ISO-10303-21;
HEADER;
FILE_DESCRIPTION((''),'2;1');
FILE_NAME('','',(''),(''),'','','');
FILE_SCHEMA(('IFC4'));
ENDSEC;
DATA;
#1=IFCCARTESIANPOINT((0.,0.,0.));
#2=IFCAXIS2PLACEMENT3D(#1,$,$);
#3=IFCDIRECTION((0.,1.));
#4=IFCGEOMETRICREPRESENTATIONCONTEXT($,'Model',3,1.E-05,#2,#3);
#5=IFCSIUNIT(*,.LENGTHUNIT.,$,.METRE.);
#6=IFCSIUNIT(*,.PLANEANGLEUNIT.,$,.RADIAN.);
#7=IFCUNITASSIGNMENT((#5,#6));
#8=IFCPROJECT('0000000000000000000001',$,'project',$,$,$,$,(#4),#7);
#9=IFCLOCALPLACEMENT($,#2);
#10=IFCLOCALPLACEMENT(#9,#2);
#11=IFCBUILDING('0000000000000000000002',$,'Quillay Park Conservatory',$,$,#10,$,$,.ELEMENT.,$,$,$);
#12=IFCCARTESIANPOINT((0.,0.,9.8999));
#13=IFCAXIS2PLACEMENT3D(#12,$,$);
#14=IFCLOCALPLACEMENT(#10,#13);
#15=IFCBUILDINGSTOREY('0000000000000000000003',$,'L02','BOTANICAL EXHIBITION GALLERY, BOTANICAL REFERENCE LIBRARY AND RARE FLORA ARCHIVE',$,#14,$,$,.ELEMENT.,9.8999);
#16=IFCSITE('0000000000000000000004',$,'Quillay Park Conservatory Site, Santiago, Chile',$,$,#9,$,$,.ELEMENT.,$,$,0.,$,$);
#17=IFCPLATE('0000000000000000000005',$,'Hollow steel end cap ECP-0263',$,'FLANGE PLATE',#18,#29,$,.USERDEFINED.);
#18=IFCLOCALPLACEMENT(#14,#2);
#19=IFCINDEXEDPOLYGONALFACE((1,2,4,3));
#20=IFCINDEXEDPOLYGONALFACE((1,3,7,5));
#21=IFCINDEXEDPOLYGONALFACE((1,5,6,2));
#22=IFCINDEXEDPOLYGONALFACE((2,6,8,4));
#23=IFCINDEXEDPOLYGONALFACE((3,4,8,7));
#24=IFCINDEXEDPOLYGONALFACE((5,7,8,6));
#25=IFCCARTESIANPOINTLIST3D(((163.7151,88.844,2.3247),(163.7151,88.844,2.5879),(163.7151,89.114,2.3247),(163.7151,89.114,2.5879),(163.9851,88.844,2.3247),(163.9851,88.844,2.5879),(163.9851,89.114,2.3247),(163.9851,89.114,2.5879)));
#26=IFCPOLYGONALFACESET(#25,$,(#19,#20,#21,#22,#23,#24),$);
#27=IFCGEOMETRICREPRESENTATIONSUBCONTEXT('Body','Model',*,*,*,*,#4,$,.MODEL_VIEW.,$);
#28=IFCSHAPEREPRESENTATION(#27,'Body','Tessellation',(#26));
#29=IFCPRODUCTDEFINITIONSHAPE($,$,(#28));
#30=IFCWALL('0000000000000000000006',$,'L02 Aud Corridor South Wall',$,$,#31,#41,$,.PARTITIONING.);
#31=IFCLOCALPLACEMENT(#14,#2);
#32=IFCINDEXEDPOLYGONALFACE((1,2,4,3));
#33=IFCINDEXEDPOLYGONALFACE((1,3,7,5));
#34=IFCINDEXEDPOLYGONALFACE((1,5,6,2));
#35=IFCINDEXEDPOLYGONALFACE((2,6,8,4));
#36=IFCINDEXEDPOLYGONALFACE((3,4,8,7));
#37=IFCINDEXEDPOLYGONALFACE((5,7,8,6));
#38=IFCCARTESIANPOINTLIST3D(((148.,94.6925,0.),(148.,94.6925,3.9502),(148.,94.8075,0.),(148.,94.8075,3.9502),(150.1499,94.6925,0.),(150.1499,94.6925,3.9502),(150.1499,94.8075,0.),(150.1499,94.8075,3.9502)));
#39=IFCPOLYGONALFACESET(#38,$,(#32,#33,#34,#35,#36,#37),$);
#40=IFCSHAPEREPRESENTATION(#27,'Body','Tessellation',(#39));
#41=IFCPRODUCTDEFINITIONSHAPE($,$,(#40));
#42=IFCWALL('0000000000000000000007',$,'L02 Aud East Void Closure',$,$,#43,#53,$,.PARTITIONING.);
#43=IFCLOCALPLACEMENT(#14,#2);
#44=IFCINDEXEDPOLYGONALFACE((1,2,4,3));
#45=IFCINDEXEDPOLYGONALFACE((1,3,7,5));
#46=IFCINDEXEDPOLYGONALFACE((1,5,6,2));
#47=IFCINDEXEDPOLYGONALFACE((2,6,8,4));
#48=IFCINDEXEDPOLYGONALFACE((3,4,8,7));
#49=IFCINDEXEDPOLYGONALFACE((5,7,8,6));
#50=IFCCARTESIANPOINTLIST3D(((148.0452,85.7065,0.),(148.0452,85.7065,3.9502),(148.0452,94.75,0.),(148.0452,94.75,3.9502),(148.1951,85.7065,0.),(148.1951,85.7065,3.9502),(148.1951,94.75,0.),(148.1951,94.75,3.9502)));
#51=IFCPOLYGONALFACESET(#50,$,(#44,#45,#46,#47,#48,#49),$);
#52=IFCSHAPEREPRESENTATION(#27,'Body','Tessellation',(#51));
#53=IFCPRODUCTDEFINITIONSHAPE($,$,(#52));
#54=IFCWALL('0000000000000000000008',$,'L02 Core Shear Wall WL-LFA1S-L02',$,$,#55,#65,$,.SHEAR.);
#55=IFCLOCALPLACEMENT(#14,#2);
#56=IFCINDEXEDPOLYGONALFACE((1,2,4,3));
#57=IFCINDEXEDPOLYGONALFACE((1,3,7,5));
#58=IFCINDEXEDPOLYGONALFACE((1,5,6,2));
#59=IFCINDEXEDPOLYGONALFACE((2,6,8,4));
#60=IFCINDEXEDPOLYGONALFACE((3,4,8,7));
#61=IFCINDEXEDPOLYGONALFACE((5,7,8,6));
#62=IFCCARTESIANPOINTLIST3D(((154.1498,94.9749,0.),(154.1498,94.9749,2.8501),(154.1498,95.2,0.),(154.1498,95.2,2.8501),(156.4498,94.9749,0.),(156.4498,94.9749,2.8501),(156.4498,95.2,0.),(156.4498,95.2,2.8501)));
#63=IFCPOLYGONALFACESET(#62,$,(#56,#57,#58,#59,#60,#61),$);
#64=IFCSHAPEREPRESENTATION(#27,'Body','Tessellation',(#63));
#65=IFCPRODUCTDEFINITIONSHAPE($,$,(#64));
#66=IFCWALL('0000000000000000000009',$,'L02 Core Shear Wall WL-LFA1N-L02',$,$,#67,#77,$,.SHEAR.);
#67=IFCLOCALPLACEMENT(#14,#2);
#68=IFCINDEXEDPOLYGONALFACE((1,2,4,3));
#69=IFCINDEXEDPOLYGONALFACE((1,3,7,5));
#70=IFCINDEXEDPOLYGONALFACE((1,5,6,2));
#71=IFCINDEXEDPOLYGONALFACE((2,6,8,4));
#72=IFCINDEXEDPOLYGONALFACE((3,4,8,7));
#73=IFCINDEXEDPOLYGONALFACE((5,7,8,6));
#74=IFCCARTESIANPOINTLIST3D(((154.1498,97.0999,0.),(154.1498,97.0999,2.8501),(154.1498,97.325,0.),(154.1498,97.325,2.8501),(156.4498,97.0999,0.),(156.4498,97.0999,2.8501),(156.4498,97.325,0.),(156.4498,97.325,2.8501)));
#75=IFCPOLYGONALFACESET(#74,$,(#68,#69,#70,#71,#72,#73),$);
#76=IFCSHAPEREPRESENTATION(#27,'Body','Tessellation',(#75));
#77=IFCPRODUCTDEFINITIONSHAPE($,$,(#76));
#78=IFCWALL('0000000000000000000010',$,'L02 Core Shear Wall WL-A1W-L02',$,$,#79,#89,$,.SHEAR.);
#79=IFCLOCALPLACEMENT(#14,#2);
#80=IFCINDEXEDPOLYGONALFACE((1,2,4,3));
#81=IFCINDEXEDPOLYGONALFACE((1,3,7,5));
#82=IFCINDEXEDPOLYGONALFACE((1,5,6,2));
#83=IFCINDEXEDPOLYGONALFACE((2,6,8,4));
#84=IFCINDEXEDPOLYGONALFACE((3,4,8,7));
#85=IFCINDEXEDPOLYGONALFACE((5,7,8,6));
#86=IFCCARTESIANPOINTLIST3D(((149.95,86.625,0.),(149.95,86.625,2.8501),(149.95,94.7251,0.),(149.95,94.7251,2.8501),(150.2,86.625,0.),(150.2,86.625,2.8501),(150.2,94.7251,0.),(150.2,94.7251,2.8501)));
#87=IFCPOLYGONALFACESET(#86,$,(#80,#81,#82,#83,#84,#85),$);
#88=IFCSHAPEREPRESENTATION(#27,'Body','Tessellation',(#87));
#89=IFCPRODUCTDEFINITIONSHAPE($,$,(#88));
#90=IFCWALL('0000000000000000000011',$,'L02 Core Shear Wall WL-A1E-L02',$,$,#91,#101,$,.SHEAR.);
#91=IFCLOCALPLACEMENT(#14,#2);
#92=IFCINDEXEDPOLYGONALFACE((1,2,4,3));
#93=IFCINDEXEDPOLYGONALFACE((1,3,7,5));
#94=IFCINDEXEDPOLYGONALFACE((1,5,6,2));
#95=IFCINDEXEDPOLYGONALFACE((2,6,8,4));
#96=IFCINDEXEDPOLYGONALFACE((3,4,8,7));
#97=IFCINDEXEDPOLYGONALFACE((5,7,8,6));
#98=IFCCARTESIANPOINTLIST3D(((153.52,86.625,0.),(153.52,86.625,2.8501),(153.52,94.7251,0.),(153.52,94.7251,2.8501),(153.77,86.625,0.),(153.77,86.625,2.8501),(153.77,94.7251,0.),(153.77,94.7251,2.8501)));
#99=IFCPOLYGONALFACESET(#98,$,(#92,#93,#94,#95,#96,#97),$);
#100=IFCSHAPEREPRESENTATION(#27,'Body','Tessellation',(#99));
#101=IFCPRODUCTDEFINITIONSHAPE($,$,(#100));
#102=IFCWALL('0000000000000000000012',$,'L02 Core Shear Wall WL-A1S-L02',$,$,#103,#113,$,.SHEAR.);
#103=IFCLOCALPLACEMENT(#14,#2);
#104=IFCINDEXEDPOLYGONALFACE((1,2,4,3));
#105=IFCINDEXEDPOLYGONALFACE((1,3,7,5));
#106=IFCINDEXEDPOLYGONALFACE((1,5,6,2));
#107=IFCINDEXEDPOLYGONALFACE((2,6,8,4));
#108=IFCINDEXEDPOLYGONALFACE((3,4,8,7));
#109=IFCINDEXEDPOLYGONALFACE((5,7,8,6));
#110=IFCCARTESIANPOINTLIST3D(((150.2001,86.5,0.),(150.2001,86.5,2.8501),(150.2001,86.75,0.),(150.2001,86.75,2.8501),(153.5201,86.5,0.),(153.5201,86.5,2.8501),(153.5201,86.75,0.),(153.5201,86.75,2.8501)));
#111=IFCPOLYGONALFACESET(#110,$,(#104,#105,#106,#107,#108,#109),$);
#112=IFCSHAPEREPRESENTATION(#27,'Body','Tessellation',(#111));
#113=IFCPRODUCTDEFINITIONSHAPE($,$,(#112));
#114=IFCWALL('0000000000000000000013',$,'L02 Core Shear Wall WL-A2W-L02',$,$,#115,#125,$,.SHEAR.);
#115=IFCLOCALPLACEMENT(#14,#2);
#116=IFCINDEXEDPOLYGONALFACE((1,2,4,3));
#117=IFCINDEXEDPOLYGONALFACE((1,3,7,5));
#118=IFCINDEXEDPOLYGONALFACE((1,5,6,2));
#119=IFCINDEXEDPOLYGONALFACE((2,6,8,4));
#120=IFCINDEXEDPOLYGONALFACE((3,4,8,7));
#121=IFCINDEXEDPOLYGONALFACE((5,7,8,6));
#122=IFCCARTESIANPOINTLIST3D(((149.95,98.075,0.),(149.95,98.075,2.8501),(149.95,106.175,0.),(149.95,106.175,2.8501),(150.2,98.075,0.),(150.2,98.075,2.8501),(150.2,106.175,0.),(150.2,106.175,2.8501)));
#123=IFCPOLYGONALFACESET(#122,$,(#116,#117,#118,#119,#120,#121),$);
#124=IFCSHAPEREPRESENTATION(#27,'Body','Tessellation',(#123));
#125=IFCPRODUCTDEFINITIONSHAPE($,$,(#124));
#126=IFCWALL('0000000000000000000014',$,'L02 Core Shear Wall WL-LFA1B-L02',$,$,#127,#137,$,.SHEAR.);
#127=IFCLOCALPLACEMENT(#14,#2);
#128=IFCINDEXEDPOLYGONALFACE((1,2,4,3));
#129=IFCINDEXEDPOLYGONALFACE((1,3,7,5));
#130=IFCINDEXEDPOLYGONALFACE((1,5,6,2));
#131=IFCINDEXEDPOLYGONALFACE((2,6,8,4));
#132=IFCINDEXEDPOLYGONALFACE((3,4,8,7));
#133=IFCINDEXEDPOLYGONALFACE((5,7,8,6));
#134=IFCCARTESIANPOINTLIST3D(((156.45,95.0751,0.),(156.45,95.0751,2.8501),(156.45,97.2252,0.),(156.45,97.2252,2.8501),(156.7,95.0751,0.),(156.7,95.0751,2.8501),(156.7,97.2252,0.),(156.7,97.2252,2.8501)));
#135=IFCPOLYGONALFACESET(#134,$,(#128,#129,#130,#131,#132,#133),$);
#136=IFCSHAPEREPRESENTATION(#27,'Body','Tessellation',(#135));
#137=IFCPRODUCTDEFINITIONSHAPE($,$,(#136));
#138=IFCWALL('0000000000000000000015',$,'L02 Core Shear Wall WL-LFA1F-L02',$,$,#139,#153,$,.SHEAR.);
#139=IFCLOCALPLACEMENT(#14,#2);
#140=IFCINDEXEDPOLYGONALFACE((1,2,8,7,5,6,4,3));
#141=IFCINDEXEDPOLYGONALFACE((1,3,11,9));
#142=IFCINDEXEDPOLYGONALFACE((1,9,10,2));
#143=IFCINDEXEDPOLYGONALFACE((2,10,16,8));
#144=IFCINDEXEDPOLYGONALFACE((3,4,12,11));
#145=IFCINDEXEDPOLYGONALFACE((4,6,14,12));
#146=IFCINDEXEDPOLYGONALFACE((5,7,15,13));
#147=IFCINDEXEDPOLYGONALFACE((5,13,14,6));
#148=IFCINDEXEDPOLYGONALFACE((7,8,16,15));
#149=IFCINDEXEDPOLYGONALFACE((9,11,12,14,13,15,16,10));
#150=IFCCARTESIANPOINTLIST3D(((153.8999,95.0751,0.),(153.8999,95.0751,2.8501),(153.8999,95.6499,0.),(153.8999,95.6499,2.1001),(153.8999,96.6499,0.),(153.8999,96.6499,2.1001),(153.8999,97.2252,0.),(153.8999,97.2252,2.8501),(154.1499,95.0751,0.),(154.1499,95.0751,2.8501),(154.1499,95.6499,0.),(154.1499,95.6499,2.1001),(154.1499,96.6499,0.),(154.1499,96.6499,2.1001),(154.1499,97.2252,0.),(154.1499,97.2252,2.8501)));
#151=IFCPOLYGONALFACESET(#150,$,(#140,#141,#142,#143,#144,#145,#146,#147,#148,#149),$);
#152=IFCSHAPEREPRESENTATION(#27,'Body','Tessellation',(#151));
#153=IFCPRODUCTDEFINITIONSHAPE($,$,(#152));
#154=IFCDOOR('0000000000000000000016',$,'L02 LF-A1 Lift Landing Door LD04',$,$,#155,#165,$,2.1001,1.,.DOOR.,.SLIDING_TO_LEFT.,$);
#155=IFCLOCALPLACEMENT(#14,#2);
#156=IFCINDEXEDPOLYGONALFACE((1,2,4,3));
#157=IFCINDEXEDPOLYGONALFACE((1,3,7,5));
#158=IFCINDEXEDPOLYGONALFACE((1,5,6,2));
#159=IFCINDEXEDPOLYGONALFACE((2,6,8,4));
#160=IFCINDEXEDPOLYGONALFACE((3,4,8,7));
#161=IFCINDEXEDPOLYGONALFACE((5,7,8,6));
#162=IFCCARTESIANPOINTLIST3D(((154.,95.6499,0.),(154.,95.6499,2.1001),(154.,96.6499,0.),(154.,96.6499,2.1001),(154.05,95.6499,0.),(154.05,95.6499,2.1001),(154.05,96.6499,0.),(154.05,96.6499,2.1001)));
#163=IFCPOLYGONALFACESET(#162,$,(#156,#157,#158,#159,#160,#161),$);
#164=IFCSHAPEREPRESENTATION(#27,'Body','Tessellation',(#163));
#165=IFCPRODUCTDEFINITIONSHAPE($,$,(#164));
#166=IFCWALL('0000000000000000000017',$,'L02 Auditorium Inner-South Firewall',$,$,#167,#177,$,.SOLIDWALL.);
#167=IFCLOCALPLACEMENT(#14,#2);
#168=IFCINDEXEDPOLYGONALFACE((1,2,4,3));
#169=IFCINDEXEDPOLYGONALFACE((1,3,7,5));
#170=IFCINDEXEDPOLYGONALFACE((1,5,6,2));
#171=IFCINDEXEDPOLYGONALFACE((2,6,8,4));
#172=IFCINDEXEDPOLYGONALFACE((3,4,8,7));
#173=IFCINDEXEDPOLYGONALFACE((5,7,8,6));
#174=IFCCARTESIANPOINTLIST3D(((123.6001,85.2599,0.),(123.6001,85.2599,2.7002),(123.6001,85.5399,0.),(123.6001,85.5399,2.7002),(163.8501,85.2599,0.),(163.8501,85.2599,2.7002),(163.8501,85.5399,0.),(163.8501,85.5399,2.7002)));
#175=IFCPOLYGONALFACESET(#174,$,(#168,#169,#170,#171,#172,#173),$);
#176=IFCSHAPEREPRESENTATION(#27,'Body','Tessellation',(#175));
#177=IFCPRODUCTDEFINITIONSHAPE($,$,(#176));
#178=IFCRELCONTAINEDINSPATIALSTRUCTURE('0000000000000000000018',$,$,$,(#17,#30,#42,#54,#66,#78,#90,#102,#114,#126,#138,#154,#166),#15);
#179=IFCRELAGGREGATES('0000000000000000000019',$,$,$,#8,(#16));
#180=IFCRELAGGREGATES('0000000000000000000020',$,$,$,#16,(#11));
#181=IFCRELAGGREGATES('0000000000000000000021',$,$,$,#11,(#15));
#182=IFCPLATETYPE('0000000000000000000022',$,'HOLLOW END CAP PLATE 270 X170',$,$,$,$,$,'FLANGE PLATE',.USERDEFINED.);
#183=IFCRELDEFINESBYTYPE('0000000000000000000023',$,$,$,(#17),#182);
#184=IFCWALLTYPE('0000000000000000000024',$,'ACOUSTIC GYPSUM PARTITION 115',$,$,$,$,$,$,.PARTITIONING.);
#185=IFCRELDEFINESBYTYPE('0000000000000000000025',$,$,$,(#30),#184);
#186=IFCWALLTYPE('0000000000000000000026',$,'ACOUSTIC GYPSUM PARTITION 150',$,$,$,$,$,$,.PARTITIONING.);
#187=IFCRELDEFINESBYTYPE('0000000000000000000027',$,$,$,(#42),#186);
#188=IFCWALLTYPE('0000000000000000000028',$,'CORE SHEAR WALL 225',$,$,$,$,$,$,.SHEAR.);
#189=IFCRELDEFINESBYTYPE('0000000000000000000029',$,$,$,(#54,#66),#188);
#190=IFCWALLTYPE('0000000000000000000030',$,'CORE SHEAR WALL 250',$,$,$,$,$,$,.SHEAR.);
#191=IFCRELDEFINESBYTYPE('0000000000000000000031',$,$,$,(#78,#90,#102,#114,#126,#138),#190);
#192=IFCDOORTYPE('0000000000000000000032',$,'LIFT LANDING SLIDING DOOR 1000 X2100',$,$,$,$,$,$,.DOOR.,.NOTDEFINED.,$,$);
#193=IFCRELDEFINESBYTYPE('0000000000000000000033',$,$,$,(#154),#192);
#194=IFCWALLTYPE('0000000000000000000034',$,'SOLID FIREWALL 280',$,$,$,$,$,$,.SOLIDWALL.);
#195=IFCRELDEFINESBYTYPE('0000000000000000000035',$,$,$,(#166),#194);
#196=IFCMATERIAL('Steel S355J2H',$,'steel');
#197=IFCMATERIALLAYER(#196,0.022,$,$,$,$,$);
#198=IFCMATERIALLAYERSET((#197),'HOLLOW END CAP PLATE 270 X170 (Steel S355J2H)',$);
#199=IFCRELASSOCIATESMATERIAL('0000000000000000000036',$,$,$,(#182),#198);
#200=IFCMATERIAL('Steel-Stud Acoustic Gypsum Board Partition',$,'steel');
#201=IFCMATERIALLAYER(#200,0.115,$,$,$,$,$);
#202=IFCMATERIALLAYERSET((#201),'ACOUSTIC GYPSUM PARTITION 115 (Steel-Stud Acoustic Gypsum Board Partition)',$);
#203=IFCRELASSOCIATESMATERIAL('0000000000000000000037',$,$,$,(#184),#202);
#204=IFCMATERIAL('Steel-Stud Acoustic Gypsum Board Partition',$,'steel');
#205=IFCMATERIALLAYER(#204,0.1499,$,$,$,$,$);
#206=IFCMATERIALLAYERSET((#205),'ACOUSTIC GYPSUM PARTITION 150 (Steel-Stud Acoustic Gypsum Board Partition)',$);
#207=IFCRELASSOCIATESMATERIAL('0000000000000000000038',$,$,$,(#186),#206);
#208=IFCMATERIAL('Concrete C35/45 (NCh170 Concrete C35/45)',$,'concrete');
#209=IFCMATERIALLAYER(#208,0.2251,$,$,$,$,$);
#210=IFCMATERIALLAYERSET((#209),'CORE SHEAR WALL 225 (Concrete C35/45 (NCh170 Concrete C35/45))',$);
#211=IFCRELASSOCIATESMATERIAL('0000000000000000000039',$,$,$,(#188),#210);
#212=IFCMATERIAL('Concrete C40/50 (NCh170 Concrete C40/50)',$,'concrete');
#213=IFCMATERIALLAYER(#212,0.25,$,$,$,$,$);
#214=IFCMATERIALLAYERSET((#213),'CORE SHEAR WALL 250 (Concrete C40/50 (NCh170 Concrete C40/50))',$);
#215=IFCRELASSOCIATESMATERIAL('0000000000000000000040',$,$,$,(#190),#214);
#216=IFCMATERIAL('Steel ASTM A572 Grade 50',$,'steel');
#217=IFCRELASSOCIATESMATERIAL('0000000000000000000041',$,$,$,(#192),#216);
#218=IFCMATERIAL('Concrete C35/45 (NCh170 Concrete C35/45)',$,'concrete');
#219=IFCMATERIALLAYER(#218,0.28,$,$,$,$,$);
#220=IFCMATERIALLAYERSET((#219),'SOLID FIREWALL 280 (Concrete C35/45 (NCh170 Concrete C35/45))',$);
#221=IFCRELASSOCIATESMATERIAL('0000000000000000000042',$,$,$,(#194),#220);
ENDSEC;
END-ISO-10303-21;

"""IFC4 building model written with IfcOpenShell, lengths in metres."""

from ifc_helpers import new_model, si_unit, direction, frame, frame_2d, origin, origin_2d, place, context, subcontext, project, spatial, rectangle, extrude, material, layer, layer_set, type_object, element, fill, save


model = new_model("IFC4")

# Units and contexts
model_context = context("Model", 3, precision=1e-05, world=origin(), true_north=direction((0.0, 1.0)))
body_context = subcontext(model_context, "Body", "Model", "MODEL_VIEW")
ifc_project = project(units=[si_unit("LENGTHUNIT", "METRE"), si_unit("PLANEANGLEUNIT", "RADIAN")], contexts=[model_context])

# Site, building, storey
site_placement = place(None, origin())
site = spatial("IfcSite", under=ifc_project, at=site_placement, Name="Quillay Park Conservatory Site, Santiago, Chile", CompositionType="ELEMENT", RefElevation=0.0)
building_placement = place(site_placement, origin())
building = spatial("IfcBuilding", under=site, at=building_placement, Name="Quillay Park Conservatory", CompositionType="ELEMENT")
storey_placement = place(building_placement, frame((0.0, 0.0, 9.8999)))
storey = spatial("IfcBuildingStorey", under=building, at=storey_placement, Name="L02", Description="BOTANICAL EXHIBITION GALLERY, BOTANICAL REFERENCE LIBRARY AND RARE FLORA ARCHIVE", CompositionType="ELEMENT", Elevation=9.8999)

# Plate
ifc_material_1 = material(Name="Steel S355J2H", Category="steel")
ifc_layer_1 = layer(ifc_material_1, 0.022)
ifc_layer_set_1 = layer_set([ifc_layer_1], Name="HOLLOW END CAP PLATE 270 X170 (Steel S355J2H)")
plate_type_1 = type_object("IfcPlateType", Name="HOLLOW END CAP PLATE 270 X170", ElementType="FLANGE PLATE", PredefinedType="USERDEFINED", material=ifc_layer_set_1)
for number, where, z_axis, x_axis, name in (
    (1, (163.8501, 88.979, 2.3247), (0.0, 0.0, 1.0), (1.0, 0.0, 0.0), "Hollow steel end cap ECP-0263"),
):
    element("IfcPlate", number, at=place(storey_placement, frame(where, z_axis=z_axis, x_axis=x_axis)), inside=storey, type_object=plate_type_1, Name=name, ObjectType="FLANGE PLATE", PredefinedType="USERDEFINED", context=body_context, shape_type="SweptSolid", body=[
        extrude(rectangle(XDim=0.27, YDim=0.27, at=origin_2d()), origin(), (0.0, 0.0, 1.0), 0.2632),
    ])

# Walls
ifc_material_2 = material(Name="Steel-Stud Acoustic Gypsum Board Partition", Category="steel")
ifc_layer_2 = layer(ifc_material_2, 0.115)
ifc_layer_set_2 = layer_set([ifc_layer_2], Name="ACOUSTIC GYPSUM PARTITION 115 (Steel-Stud Acoustic Gypsum Board Partition)")
wall_type_1 = type_object("IfcWallType", Name="ACOUSTIC GYPSUM PARTITION 115", PredefinedType="PARTITIONING", material=ifc_layer_set_2)
wall_1_placement = place(storey_placement, frame((148.0, 94.75, 0.0), z_axis=(0.0, 0.0, 1.0), x_axis=(1.0, 0.0, 0.0)))
element("IfcWall", 2, at=wall_1_placement, inside=storey, type_object=wall_type_1, Name="L02 Aud Corridor South Wall", PredefinedType="PARTITIONING", context=body_context, shape_type="SweptSolid", body=[
    extrude(rectangle(XDim=2.1499, YDim=0.115, at=frame_2d((1.075, 0.0))), origin(), (0.0, 0.0, 1.0), 3.9502),
])
ifc_material_3 = material(Name="Steel-Stud Acoustic Gypsum Board Partition", Category="steel")
ifc_layer_3 = layer(ifc_material_3, 0.1499)
ifc_layer_set_3 = layer_set([ifc_layer_3], Name="ACOUSTIC GYPSUM PARTITION 150 (Steel-Stud Acoustic Gypsum Board Partition)")
wall_type_2 = type_object("IfcWallType", Name="ACOUSTIC GYPSUM PARTITION 150", PredefinedType="PARTITIONING", material=ifc_layer_set_3)
wall_2_placement = place(storey_placement, frame((148.1201, 85.7065, 0.0), z_axis=(0.0, 0.0, 1.0), x_axis=(0.0, 1.0, 0.0)))
element("IfcWall", 3, at=wall_2_placement, inside=storey, type_object=wall_type_2, Name="L02 Aud East Void Closure", PredefinedType="PARTITIONING", context=body_context, shape_type="SweptSolid", body=[
    extrude(rectangle(XDim=9.0435, YDim=0.1499, at=frame_2d((4.5217, 0.0))), origin(), (0.0, 0.0, 1.0), 3.9502),
])
ifc_material_4 = material(Name="Concrete C35/45 (NCh170 Concrete C35/45)", Category="concrete")
ifc_layer_4 = layer(ifc_material_4, 0.2251)
ifc_layer_set_4 = layer_set([ifc_layer_4], Name="CORE SHEAR WALL 225 (Concrete C35/45 (NCh170 Concrete C35/45))")
wall_type_3 = type_object("IfcWallType", Name="CORE SHEAR WALL 225", PredefinedType="SHEAR", material=ifc_layer_set_4)
for number, where, z_axis, x_axis, name in (
    (4, (154.1499, 95.0874, 0.0), (0.0, 0.0, 1.0), (1.0, 0.0, 0.0), "L02 Core Shear Wall WL-LFA1S-L02"),
    (5, (154.1499, 97.2124, 0.0), (0.0, 0.0, 1.0), (1.0, 0.0, 0.0), "L02 Core Shear Wall WL-LFA1N-L02"),
):
    element("IfcWall", number, at=place(storey_placement, frame(where, z_axis=z_axis, x_axis=x_axis)), inside=storey, type_object=wall_type_3, Name=name, PredefinedType="SHEAR", context=body_context, shape_type="SweptSolid", body=[
        extrude(rectangle(XDim=2.3, YDim=0.2251, at=frame_2d((1.1499, 0.0))), origin(), (0.0, 0.0, 1.0), 2.8501),
    ])
ifc_material_5 = material(Name="Concrete C40/50 (NCh170 Concrete C40/50)", Category="concrete")
ifc_layer_5 = layer(ifc_material_5, 0.25)
ifc_layer_set_5 = layer_set([ifc_layer_5], Name="CORE SHEAR WALL 250 (Concrete C40/50 (NCh170 Concrete C40/50))")
wall_type_4 = type_object("IfcWallType", Name="CORE SHEAR WALL 250", PredefinedType="SHEAR", material=ifc_layer_set_5)
for number, where, z_axis, x_axis, name in (
    (6, (150.075, 86.625, 0.0), (0.0, 0.0, 1.0), (0.0, 1.0, 0.0), "L02 Core Shear Wall WL-A1W-L02"),
    (7, (153.645, 86.625, 0.0), (0.0, 0.0, 1.0), (0.0, 1.0, 0.0), "L02 Core Shear Wall WL-A1E-L02"),
):
    element("IfcWall", number, at=place(storey_placement, frame(where, z_axis=z_axis, x_axis=x_axis)), inside=storey, type_object=wall_type_4, Name=name, PredefinedType="SHEAR", context=body_context, shape_type="SweptSolid", body=[
        extrude(rectangle(XDim=8.1001, YDim=0.25, at=frame_2d((4.05, 0.0))), origin(), (0.0, 0.0, 1.0), 2.8501),
    ])
wall_3_placement = place(storey_placement, frame((150.2, 86.625, 0.0), z_axis=(0.0, 0.0, 1.0), x_axis=(1.0, 0.0, 0.0)))
element("IfcWall", 8, at=wall_3_placement, inside=storey, type_object=wall_type_4, Name="L02 Core Shear Wall WL-A1S-L02", PredefinedType="SHEAR", context=body_context, shape_type="SweptSolid", body=[
    extrude(rectangle(XDim=3.3201, YDim=0.25, at=frame_2d((1.6602, 0.0))), origin(), (0.0, 0.0, 1.0), 2.8501),
])

# Walls
wall_4_placement = place(storey_placement, frame((150.075, 98.075, 0.0), z_axis=(0.0, 0.0, 1.0), x_axis=(0.0, 1.0, 0.0)))
element("IfcWall", 9, at=wall_4_placement, inside=storey, type_object=wall_type_4, Name="L02 Core Shear Wall WL-A2W-L02", PredefinedType="SHEAR", context=body_context, shape_type="SweptSolid", body=[
    extrude(rectangle(XDim=8.1001, YDim=0.25, at=frame_2d((4.05, 0.0))), origin(), (0.0, 0.0, 1.0), 2.8501),
])
wall_5_placement = place(storey_placement, frame((156.575, 95.075, 0.0), z_axis=(0.0, 0.0, 1.0), x_axis=(0.0, 1.0, 0.0)))
element("IfcWall", 10, at=wall_5_placement, inside=storey, type_object=wall_type_4, Name="L02 Core Shear Wall WL-LFA1B-L02", PredefinedType="SHEAR", context=body_context, shape_type="SweptSolid", body=[
    extrude(rectangle(XDim=2.1501, YDim=0.25, at=frame_2d((1.0752, 0.0))), origin(), (0.0, 0.0, 1.0), 2.8501),
])

# Wall, opening, door
wall_6_placement = place(storey_placement, frame((154.0249, 95.075, 0.0), z_axis=(0.0, 0.0, 1.0), x_axis=(0.0, 1.0, 0.0)))
wall_6 = element("IfcWall", 11, at=wall_6_placement, inside=storey, type_object=wall_type_4, Name="L02 Core Shear Wall WL-LFA1F-L02", PredefinedType="SHEAR", context=body_context, shape_type="SweptSolid", body=[
    extrude(rectangle(XDim=2.1501, YDim=0.25, at=frame_2d((1.0752, 0.0))), origin(), (0.0, 0.0, 1.0), 2.8501),
])
opening_1_placement = place(wall_6_placement, frame((0.575, 0.0, 0.0)))
opening_1 = element("IfcOpeningElement", 12, at=opening_1_placement, cuts=wall_6, PredefinedType="OPENING", context=body_context, shape_type="SweptSolid", body=[
    extrude(rectangle(XDim=1.0, YDim=2.1001, at=frame_2d((0.5, 1.05))), frame((0.0, 0.125, 0.0), z_axis=(0.0, -1.0, 0.0), x_axis=(1.0, 0.0, 0.0)), (0.0, 0.0, 1.0), 0.25),
])
ifc_material_6 = material(Name="Steel ASTM A572 Grade 50", Category="steel")
door_type_1 = type_object("IfcDoorType", Name="LIFT LANDING SLIDING DOOR 1000 X2100", OperationType="NOTDEFINED", PredefinedType="DOOR", material=ifc_material_6)
door_1_placement = place(opening_1_placement, origin())
door_1 = element("IfcDoor", 13, at=door_1_placement, inside=storey, type_object=door_type_1, Name="L02 LF-A1 Lift Landing Door LD04", OperationType="SLIDING_TO_LEFT", OverallHeight=2.1001, OverallWidth=1.0, PredefinedType="DOOR", context=body_context, shape_type="SweptSolid", body=[
    extrude(rectangle(XDim=1.0, YDim=2.1001, at=frame_2d((0.5, 1.05))), frame((0.0, 0.0249, 0.0), z_axis=(0.0, -1.0, 0.0), x_axis=(1.0, 0.0, 0.0)), (0.0, 0.0, 1.0), 0.05),
])
fill(opening_1, door_1)

# Wall
ifc_material_7 = material(Name="Concrete C35/45 (NCh170 Concrete C35/45)", Category="concrete")
ifc_layer_6 = layer(ifc_material_7, 0.28)
ifc_layer_set_6 = layer_set([ifc_layer_6], Name="SOLID FIREWALL 280 (Concrete C35/45 (NCh170 Concrete C35/45))")
wall_type_5 = type_object("IfcWallType", Name="SOLID FIREWALL 280", PredefinedType="SOLIDWALL", material=ifc_layer_set_6)
wall_7_placement = place(storey_placement, frame((163.8501, 85.3999, 0.0), z_axis=(0.0, 0.0, 1.0), x_axis=(-1.0, 0.0, 0.0)))
element("IfcWall", 14, at=wall_7_placement, inside=storey, type_object=wall_type_5, Name="L02 Auditorium Inner-South Firewall", PredefinedType="SOLIDWALL", context=body_context, shape_type="SweptSolid", body=[
    extrude(rectangle(XDim=40.25, YDim=0.28, at=frame_2d((20.125, 0.0))), origin(), (0.0, 0.0, 1.0), 2.7002),
])

save(model, "model.ifc")
